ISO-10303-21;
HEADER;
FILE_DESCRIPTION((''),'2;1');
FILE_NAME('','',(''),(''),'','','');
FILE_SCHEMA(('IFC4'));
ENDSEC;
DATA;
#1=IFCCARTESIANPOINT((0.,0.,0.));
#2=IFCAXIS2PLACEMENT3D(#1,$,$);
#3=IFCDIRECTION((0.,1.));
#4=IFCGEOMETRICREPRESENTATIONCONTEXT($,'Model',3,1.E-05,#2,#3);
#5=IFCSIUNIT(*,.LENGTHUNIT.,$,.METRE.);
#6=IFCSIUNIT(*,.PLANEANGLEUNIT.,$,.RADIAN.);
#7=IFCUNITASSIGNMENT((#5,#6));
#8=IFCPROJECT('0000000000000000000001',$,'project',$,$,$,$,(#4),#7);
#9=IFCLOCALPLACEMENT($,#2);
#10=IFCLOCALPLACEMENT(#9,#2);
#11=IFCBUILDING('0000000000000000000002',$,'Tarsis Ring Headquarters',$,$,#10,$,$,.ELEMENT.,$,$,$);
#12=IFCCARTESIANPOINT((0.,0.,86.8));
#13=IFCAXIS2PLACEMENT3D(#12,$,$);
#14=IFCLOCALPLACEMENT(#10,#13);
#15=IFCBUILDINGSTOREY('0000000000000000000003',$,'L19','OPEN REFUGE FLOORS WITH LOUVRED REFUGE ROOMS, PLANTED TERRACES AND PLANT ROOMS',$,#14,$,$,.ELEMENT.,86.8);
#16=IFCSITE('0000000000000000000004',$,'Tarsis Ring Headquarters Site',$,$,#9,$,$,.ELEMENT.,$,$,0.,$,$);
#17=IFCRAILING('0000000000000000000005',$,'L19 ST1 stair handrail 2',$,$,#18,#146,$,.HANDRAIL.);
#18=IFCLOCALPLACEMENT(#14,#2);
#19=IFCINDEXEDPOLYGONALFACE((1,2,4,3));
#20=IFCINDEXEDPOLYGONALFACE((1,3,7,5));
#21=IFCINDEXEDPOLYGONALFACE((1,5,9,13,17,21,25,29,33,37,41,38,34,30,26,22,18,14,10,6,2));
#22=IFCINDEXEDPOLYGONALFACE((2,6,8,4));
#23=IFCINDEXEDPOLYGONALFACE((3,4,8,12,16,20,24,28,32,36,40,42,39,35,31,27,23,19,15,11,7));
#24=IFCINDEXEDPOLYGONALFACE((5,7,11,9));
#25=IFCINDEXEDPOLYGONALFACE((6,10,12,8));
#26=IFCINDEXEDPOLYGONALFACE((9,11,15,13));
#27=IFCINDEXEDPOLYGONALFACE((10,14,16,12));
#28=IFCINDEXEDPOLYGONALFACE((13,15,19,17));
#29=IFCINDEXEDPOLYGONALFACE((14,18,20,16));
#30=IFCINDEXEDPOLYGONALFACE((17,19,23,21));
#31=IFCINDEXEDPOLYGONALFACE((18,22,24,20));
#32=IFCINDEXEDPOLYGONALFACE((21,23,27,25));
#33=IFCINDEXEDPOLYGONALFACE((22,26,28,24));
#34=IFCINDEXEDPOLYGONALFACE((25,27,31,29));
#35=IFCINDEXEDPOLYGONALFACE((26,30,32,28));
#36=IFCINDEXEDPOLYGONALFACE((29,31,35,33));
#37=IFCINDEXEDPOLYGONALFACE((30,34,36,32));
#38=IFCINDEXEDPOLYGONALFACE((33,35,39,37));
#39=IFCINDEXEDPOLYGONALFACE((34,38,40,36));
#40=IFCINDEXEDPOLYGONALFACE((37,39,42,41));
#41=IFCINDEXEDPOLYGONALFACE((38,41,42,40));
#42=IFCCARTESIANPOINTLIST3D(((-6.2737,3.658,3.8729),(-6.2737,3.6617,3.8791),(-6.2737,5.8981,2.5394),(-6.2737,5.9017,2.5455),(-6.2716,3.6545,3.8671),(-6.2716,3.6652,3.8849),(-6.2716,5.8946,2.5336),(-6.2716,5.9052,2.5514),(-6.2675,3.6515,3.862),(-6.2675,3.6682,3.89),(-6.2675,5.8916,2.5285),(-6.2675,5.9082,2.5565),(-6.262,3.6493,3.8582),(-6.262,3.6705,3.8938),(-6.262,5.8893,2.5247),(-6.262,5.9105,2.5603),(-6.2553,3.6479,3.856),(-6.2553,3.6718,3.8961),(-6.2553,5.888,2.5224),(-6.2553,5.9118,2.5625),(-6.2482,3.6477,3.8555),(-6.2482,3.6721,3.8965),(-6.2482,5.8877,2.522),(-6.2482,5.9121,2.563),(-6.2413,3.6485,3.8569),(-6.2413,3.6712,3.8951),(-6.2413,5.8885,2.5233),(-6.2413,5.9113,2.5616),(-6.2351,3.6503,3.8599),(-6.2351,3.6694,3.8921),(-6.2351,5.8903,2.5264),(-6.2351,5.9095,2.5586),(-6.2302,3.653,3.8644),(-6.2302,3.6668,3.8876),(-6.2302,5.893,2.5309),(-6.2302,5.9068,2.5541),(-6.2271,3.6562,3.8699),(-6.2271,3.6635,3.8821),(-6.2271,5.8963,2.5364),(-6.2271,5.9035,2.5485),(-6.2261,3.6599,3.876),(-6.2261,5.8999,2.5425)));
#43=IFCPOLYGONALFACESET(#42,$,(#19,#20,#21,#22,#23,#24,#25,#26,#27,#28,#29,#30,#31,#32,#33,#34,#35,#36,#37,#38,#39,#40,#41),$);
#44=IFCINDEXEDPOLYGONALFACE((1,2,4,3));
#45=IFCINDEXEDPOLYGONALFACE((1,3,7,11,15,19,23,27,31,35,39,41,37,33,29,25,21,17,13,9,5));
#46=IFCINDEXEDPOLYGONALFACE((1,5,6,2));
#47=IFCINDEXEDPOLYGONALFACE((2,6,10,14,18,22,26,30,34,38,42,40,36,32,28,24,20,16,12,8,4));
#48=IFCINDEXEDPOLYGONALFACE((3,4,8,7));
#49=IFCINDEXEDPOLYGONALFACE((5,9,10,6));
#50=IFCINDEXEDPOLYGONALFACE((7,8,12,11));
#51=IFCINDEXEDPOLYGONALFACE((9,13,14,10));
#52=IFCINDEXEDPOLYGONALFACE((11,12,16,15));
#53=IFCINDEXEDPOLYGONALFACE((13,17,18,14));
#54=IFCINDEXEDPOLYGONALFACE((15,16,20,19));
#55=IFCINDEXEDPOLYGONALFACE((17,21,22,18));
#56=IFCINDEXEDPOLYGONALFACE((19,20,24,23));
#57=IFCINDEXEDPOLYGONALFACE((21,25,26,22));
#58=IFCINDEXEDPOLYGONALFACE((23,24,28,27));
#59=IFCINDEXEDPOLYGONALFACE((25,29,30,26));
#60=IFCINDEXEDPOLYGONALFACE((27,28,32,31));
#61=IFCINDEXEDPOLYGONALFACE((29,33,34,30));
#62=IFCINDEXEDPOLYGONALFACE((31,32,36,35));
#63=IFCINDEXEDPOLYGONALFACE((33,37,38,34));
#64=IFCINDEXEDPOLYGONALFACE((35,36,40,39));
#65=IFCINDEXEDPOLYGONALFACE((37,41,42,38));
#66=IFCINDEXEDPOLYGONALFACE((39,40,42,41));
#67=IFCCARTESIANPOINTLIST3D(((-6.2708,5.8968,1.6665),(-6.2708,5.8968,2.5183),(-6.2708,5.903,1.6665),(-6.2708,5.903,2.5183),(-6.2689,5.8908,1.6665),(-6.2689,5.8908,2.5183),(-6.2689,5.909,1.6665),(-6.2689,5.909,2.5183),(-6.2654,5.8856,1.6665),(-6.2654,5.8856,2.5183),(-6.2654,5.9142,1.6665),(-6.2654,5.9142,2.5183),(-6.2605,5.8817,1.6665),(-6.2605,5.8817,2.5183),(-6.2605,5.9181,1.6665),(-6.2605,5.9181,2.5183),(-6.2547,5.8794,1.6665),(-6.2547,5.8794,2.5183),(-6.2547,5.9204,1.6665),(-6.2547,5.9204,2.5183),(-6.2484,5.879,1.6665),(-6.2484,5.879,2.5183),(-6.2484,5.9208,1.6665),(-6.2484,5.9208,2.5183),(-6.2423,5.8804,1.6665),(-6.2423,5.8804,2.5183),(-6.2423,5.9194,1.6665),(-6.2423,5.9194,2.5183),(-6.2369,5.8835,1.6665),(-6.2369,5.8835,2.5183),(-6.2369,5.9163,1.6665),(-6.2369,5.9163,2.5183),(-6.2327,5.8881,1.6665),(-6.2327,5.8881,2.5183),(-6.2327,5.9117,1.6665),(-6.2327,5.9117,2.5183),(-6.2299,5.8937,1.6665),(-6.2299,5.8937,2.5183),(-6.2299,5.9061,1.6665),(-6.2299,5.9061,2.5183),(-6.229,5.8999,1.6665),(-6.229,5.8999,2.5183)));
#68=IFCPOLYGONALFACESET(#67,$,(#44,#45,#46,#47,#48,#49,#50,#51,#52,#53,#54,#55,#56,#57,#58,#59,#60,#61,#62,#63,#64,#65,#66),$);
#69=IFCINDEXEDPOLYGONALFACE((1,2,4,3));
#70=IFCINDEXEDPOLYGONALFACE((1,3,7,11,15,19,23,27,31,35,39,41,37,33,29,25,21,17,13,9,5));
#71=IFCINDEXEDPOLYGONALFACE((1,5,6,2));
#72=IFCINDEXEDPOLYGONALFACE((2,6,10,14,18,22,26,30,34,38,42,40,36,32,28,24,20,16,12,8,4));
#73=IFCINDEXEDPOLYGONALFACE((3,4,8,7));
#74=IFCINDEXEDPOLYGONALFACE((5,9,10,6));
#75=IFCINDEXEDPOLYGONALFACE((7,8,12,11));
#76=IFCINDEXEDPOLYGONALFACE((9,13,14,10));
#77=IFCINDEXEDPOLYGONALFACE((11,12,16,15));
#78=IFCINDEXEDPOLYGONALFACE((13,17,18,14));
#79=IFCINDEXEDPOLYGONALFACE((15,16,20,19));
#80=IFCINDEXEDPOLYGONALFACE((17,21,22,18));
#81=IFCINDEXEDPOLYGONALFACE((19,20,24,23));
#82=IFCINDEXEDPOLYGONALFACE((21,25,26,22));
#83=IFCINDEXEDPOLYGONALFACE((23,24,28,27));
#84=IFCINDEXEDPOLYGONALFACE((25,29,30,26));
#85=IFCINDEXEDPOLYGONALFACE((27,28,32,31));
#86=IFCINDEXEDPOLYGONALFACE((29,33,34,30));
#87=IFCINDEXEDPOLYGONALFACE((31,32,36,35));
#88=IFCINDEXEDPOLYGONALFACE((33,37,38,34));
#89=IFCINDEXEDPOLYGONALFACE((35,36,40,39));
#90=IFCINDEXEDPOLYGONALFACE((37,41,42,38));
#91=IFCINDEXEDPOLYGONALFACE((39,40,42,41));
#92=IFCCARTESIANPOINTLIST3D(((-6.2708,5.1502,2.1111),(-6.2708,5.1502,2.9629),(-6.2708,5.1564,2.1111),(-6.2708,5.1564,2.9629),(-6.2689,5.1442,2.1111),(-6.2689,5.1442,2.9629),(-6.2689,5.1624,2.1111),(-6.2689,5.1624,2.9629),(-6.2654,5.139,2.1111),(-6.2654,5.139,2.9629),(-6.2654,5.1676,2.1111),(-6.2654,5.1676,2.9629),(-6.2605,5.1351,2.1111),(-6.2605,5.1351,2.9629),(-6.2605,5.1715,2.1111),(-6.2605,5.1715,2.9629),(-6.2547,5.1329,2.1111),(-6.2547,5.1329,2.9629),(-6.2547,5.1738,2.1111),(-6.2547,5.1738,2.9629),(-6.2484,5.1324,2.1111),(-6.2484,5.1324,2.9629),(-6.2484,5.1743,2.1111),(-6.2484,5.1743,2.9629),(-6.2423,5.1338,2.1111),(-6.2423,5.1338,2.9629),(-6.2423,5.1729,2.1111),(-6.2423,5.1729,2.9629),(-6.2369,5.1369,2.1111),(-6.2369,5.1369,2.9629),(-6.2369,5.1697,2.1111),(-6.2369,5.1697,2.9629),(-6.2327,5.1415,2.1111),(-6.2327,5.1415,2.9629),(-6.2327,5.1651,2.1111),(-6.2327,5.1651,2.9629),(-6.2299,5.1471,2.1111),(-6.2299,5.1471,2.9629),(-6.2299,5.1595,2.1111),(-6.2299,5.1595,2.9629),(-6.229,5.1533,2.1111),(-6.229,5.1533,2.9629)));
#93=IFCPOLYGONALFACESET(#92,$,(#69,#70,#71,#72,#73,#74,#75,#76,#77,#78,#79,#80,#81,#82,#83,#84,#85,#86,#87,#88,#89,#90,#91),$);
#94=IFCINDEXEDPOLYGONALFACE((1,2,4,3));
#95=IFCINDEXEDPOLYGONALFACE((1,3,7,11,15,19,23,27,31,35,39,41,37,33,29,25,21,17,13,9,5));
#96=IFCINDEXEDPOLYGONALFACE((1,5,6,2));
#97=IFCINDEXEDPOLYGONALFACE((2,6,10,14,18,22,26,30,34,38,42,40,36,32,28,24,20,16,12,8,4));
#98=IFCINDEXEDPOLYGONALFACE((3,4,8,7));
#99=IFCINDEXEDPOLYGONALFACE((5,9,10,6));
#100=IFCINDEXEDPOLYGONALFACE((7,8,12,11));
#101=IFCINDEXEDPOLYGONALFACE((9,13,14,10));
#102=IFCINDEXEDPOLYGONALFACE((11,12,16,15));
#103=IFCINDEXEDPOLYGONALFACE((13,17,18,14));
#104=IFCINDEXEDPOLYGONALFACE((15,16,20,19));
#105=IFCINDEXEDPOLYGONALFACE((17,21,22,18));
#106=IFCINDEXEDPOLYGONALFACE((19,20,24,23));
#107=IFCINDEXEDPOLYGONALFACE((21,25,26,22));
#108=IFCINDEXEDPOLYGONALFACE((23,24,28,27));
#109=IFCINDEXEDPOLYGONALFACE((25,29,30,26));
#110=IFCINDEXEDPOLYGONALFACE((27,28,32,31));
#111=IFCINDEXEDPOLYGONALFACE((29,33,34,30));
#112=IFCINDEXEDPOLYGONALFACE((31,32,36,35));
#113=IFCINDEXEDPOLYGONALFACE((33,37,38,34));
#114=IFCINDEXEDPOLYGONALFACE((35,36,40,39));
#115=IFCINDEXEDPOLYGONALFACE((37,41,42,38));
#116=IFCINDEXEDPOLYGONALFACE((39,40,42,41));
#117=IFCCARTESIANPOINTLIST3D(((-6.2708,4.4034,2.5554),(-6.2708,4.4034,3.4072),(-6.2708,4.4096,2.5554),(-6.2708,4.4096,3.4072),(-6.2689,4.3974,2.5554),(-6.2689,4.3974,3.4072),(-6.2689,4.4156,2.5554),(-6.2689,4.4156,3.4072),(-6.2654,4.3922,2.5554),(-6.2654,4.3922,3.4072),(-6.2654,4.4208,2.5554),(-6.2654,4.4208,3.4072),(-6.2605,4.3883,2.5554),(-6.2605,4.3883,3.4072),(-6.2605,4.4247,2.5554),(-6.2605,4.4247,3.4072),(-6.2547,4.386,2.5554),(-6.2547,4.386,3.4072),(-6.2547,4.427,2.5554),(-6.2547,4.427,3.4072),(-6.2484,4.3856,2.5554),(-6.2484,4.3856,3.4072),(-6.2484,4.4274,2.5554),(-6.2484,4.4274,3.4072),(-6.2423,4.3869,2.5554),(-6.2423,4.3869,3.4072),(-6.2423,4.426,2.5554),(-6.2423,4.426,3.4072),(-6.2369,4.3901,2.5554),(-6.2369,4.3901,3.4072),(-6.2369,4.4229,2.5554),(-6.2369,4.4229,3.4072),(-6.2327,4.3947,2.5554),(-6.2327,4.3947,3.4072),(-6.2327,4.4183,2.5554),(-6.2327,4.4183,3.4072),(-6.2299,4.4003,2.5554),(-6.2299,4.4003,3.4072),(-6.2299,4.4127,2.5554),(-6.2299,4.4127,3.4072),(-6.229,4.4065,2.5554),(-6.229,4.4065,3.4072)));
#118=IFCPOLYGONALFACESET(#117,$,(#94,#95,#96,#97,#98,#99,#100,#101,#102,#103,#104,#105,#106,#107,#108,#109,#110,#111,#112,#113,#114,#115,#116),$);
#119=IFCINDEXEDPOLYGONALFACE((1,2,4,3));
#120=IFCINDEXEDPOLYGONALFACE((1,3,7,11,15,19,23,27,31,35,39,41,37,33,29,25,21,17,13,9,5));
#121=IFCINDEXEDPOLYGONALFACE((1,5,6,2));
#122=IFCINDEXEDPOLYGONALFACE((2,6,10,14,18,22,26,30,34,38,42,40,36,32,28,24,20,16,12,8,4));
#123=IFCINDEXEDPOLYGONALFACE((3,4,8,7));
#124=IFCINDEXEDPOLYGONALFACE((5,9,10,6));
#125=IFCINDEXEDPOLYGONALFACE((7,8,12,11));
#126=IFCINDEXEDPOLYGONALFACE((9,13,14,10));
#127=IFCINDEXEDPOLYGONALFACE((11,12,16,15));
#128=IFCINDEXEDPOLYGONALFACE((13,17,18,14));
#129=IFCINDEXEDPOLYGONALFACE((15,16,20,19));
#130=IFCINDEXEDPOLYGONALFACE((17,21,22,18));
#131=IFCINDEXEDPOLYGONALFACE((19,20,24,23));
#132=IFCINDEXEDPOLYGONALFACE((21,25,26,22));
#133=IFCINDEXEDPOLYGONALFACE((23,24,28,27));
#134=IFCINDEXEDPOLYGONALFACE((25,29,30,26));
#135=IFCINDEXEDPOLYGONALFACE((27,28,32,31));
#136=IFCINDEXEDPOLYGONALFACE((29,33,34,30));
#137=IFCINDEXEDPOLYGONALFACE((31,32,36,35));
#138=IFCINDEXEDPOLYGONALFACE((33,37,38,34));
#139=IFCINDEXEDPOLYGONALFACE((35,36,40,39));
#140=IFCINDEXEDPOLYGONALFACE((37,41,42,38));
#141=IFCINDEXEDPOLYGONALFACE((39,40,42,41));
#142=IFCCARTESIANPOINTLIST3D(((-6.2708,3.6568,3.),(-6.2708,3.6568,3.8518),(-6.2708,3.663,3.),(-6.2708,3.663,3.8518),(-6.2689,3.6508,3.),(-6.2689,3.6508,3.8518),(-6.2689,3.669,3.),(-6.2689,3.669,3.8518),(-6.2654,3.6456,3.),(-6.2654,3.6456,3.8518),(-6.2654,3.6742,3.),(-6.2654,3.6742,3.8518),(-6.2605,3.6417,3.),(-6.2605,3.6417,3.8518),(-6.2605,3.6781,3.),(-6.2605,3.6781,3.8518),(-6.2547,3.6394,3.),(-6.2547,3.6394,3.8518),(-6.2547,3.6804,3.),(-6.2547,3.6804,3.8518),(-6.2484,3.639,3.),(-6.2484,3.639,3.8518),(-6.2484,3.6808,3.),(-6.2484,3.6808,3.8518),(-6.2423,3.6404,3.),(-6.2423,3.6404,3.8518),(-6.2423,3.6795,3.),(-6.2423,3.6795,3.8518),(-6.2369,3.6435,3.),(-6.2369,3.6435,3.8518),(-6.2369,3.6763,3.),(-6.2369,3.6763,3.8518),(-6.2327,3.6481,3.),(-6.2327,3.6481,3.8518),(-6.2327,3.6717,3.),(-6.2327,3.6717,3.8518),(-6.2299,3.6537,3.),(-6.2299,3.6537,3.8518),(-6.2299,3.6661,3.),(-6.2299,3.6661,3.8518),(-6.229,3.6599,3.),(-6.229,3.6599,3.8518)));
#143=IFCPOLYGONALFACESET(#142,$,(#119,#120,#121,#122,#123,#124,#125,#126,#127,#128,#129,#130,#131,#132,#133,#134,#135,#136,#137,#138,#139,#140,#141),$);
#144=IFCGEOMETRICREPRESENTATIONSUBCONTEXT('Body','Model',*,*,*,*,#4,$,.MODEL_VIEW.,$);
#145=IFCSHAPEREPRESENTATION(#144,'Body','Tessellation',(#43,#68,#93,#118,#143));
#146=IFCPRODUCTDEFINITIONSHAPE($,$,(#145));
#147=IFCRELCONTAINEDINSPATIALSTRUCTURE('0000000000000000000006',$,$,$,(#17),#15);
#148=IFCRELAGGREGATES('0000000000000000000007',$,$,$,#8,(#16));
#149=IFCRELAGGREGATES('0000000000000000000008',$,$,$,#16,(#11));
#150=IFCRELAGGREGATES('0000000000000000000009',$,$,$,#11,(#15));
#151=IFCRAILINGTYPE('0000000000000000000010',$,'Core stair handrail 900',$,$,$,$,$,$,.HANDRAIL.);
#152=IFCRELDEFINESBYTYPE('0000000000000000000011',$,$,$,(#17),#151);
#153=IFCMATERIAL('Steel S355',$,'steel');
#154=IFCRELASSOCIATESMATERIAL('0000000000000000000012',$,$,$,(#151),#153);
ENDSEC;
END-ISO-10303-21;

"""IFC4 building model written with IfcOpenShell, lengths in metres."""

from ifc_helpers import new_model, si_unit, direction, frame, origin, origin_2d, place, context, subcontext, project, spatial, circle, extrude, material, type_object, element, save


model = new_model("IFC4")

# Units and contexts
model_context = context("Model", 3, precision=1e-05, world=origin(), true_north=direction((0.0, 1.0)))
body_context = subcontext(model_context, "Body", "Model", "MODEL_VIEW")
ifc_project = project(units=[si_unit("LENGTHUNIT", "METRE"), si_unit("PLANEANGLEUNIT", "RADIAN")], contexts=[model_context])

# Site, building, storey
site_placement = place(None, origin())
site = spatial("IfcSite", under=ifc_project, at=site_placement, Name="Tarsis Ring Headquarters Site", CompositionType="ELEMENT", RefElevation=0.0)
building_placement = place(site_placement, origin())
building = spatial("IfcBuilding", under=site, at=building_placement, Name="Tarsis Ring Headquarters", CompositionType="ELEMENT")
storey_placement = place(building_placement, frame((0.0, 0.0, 86.8)))
storey = spatial("IfcBuildingStorey", under=building, at=storey_placement, Name="L19", Description="OPEN REFUGE FLOORS WITH LOUVRED REFUGE ROOMS, PLANTED TERRACES AND PLANT ROOMS", CompositionType="ELEMENT", Elevation=86.8)

# Shared definitions
ifc_material_1 = material(Name="Steel S355", Category="steel")

# Railing
railing_type_1 = type_object("IfcRailingType", Name="Core stair handrail 900", PredefinedType="HANDRAIL", material=ifc_material_1)
railing_1_placement = place(storey_placement, frame((-6.25, 5.8999, 1.6665)))
element("IfcRailing", 1, at=railing_1_placement, inside=storey, type_object=railing_type_1, Name="L19 ST1 stair handrail 2", PredefinedType="HANDRAIL", context=body_context, shape_type="SweptSolid", body=[
    extrude(circle(Radius=0.0239, at=origin_2d()), frame((0.0, 0.0, 0.876), z_axis=(0.0, -0.859264, 0.511532), x_axis=(1.0, 0.0, 0.0)), (0.0, 0.0, 1.0), 2.6069),
    extrude(circle(Radius=0.021, at=origin_2d()), origin(), (0.0, 0.0, 1.0), 0.8518),
    extrude(circle(Radius=0.021, at=origin_2d()), frame((0.0, -0.7466, 0.4446)), (0.0, 0.0, 1.0), 0.8518),
    extrude(circle(Radius=0.021, at=origin_2d()), frame((0.0, -1.4934, 0.8889)), (0.0, 0.0, 1.0), 0.8518),
    extrude(circle(Radius=0.021, at=origin_2d()), frame((0.0, -2.24, 1.3335)), (0.0, 0.0, 1.0), 0.8518),
])

save(model, "model.ifc")
